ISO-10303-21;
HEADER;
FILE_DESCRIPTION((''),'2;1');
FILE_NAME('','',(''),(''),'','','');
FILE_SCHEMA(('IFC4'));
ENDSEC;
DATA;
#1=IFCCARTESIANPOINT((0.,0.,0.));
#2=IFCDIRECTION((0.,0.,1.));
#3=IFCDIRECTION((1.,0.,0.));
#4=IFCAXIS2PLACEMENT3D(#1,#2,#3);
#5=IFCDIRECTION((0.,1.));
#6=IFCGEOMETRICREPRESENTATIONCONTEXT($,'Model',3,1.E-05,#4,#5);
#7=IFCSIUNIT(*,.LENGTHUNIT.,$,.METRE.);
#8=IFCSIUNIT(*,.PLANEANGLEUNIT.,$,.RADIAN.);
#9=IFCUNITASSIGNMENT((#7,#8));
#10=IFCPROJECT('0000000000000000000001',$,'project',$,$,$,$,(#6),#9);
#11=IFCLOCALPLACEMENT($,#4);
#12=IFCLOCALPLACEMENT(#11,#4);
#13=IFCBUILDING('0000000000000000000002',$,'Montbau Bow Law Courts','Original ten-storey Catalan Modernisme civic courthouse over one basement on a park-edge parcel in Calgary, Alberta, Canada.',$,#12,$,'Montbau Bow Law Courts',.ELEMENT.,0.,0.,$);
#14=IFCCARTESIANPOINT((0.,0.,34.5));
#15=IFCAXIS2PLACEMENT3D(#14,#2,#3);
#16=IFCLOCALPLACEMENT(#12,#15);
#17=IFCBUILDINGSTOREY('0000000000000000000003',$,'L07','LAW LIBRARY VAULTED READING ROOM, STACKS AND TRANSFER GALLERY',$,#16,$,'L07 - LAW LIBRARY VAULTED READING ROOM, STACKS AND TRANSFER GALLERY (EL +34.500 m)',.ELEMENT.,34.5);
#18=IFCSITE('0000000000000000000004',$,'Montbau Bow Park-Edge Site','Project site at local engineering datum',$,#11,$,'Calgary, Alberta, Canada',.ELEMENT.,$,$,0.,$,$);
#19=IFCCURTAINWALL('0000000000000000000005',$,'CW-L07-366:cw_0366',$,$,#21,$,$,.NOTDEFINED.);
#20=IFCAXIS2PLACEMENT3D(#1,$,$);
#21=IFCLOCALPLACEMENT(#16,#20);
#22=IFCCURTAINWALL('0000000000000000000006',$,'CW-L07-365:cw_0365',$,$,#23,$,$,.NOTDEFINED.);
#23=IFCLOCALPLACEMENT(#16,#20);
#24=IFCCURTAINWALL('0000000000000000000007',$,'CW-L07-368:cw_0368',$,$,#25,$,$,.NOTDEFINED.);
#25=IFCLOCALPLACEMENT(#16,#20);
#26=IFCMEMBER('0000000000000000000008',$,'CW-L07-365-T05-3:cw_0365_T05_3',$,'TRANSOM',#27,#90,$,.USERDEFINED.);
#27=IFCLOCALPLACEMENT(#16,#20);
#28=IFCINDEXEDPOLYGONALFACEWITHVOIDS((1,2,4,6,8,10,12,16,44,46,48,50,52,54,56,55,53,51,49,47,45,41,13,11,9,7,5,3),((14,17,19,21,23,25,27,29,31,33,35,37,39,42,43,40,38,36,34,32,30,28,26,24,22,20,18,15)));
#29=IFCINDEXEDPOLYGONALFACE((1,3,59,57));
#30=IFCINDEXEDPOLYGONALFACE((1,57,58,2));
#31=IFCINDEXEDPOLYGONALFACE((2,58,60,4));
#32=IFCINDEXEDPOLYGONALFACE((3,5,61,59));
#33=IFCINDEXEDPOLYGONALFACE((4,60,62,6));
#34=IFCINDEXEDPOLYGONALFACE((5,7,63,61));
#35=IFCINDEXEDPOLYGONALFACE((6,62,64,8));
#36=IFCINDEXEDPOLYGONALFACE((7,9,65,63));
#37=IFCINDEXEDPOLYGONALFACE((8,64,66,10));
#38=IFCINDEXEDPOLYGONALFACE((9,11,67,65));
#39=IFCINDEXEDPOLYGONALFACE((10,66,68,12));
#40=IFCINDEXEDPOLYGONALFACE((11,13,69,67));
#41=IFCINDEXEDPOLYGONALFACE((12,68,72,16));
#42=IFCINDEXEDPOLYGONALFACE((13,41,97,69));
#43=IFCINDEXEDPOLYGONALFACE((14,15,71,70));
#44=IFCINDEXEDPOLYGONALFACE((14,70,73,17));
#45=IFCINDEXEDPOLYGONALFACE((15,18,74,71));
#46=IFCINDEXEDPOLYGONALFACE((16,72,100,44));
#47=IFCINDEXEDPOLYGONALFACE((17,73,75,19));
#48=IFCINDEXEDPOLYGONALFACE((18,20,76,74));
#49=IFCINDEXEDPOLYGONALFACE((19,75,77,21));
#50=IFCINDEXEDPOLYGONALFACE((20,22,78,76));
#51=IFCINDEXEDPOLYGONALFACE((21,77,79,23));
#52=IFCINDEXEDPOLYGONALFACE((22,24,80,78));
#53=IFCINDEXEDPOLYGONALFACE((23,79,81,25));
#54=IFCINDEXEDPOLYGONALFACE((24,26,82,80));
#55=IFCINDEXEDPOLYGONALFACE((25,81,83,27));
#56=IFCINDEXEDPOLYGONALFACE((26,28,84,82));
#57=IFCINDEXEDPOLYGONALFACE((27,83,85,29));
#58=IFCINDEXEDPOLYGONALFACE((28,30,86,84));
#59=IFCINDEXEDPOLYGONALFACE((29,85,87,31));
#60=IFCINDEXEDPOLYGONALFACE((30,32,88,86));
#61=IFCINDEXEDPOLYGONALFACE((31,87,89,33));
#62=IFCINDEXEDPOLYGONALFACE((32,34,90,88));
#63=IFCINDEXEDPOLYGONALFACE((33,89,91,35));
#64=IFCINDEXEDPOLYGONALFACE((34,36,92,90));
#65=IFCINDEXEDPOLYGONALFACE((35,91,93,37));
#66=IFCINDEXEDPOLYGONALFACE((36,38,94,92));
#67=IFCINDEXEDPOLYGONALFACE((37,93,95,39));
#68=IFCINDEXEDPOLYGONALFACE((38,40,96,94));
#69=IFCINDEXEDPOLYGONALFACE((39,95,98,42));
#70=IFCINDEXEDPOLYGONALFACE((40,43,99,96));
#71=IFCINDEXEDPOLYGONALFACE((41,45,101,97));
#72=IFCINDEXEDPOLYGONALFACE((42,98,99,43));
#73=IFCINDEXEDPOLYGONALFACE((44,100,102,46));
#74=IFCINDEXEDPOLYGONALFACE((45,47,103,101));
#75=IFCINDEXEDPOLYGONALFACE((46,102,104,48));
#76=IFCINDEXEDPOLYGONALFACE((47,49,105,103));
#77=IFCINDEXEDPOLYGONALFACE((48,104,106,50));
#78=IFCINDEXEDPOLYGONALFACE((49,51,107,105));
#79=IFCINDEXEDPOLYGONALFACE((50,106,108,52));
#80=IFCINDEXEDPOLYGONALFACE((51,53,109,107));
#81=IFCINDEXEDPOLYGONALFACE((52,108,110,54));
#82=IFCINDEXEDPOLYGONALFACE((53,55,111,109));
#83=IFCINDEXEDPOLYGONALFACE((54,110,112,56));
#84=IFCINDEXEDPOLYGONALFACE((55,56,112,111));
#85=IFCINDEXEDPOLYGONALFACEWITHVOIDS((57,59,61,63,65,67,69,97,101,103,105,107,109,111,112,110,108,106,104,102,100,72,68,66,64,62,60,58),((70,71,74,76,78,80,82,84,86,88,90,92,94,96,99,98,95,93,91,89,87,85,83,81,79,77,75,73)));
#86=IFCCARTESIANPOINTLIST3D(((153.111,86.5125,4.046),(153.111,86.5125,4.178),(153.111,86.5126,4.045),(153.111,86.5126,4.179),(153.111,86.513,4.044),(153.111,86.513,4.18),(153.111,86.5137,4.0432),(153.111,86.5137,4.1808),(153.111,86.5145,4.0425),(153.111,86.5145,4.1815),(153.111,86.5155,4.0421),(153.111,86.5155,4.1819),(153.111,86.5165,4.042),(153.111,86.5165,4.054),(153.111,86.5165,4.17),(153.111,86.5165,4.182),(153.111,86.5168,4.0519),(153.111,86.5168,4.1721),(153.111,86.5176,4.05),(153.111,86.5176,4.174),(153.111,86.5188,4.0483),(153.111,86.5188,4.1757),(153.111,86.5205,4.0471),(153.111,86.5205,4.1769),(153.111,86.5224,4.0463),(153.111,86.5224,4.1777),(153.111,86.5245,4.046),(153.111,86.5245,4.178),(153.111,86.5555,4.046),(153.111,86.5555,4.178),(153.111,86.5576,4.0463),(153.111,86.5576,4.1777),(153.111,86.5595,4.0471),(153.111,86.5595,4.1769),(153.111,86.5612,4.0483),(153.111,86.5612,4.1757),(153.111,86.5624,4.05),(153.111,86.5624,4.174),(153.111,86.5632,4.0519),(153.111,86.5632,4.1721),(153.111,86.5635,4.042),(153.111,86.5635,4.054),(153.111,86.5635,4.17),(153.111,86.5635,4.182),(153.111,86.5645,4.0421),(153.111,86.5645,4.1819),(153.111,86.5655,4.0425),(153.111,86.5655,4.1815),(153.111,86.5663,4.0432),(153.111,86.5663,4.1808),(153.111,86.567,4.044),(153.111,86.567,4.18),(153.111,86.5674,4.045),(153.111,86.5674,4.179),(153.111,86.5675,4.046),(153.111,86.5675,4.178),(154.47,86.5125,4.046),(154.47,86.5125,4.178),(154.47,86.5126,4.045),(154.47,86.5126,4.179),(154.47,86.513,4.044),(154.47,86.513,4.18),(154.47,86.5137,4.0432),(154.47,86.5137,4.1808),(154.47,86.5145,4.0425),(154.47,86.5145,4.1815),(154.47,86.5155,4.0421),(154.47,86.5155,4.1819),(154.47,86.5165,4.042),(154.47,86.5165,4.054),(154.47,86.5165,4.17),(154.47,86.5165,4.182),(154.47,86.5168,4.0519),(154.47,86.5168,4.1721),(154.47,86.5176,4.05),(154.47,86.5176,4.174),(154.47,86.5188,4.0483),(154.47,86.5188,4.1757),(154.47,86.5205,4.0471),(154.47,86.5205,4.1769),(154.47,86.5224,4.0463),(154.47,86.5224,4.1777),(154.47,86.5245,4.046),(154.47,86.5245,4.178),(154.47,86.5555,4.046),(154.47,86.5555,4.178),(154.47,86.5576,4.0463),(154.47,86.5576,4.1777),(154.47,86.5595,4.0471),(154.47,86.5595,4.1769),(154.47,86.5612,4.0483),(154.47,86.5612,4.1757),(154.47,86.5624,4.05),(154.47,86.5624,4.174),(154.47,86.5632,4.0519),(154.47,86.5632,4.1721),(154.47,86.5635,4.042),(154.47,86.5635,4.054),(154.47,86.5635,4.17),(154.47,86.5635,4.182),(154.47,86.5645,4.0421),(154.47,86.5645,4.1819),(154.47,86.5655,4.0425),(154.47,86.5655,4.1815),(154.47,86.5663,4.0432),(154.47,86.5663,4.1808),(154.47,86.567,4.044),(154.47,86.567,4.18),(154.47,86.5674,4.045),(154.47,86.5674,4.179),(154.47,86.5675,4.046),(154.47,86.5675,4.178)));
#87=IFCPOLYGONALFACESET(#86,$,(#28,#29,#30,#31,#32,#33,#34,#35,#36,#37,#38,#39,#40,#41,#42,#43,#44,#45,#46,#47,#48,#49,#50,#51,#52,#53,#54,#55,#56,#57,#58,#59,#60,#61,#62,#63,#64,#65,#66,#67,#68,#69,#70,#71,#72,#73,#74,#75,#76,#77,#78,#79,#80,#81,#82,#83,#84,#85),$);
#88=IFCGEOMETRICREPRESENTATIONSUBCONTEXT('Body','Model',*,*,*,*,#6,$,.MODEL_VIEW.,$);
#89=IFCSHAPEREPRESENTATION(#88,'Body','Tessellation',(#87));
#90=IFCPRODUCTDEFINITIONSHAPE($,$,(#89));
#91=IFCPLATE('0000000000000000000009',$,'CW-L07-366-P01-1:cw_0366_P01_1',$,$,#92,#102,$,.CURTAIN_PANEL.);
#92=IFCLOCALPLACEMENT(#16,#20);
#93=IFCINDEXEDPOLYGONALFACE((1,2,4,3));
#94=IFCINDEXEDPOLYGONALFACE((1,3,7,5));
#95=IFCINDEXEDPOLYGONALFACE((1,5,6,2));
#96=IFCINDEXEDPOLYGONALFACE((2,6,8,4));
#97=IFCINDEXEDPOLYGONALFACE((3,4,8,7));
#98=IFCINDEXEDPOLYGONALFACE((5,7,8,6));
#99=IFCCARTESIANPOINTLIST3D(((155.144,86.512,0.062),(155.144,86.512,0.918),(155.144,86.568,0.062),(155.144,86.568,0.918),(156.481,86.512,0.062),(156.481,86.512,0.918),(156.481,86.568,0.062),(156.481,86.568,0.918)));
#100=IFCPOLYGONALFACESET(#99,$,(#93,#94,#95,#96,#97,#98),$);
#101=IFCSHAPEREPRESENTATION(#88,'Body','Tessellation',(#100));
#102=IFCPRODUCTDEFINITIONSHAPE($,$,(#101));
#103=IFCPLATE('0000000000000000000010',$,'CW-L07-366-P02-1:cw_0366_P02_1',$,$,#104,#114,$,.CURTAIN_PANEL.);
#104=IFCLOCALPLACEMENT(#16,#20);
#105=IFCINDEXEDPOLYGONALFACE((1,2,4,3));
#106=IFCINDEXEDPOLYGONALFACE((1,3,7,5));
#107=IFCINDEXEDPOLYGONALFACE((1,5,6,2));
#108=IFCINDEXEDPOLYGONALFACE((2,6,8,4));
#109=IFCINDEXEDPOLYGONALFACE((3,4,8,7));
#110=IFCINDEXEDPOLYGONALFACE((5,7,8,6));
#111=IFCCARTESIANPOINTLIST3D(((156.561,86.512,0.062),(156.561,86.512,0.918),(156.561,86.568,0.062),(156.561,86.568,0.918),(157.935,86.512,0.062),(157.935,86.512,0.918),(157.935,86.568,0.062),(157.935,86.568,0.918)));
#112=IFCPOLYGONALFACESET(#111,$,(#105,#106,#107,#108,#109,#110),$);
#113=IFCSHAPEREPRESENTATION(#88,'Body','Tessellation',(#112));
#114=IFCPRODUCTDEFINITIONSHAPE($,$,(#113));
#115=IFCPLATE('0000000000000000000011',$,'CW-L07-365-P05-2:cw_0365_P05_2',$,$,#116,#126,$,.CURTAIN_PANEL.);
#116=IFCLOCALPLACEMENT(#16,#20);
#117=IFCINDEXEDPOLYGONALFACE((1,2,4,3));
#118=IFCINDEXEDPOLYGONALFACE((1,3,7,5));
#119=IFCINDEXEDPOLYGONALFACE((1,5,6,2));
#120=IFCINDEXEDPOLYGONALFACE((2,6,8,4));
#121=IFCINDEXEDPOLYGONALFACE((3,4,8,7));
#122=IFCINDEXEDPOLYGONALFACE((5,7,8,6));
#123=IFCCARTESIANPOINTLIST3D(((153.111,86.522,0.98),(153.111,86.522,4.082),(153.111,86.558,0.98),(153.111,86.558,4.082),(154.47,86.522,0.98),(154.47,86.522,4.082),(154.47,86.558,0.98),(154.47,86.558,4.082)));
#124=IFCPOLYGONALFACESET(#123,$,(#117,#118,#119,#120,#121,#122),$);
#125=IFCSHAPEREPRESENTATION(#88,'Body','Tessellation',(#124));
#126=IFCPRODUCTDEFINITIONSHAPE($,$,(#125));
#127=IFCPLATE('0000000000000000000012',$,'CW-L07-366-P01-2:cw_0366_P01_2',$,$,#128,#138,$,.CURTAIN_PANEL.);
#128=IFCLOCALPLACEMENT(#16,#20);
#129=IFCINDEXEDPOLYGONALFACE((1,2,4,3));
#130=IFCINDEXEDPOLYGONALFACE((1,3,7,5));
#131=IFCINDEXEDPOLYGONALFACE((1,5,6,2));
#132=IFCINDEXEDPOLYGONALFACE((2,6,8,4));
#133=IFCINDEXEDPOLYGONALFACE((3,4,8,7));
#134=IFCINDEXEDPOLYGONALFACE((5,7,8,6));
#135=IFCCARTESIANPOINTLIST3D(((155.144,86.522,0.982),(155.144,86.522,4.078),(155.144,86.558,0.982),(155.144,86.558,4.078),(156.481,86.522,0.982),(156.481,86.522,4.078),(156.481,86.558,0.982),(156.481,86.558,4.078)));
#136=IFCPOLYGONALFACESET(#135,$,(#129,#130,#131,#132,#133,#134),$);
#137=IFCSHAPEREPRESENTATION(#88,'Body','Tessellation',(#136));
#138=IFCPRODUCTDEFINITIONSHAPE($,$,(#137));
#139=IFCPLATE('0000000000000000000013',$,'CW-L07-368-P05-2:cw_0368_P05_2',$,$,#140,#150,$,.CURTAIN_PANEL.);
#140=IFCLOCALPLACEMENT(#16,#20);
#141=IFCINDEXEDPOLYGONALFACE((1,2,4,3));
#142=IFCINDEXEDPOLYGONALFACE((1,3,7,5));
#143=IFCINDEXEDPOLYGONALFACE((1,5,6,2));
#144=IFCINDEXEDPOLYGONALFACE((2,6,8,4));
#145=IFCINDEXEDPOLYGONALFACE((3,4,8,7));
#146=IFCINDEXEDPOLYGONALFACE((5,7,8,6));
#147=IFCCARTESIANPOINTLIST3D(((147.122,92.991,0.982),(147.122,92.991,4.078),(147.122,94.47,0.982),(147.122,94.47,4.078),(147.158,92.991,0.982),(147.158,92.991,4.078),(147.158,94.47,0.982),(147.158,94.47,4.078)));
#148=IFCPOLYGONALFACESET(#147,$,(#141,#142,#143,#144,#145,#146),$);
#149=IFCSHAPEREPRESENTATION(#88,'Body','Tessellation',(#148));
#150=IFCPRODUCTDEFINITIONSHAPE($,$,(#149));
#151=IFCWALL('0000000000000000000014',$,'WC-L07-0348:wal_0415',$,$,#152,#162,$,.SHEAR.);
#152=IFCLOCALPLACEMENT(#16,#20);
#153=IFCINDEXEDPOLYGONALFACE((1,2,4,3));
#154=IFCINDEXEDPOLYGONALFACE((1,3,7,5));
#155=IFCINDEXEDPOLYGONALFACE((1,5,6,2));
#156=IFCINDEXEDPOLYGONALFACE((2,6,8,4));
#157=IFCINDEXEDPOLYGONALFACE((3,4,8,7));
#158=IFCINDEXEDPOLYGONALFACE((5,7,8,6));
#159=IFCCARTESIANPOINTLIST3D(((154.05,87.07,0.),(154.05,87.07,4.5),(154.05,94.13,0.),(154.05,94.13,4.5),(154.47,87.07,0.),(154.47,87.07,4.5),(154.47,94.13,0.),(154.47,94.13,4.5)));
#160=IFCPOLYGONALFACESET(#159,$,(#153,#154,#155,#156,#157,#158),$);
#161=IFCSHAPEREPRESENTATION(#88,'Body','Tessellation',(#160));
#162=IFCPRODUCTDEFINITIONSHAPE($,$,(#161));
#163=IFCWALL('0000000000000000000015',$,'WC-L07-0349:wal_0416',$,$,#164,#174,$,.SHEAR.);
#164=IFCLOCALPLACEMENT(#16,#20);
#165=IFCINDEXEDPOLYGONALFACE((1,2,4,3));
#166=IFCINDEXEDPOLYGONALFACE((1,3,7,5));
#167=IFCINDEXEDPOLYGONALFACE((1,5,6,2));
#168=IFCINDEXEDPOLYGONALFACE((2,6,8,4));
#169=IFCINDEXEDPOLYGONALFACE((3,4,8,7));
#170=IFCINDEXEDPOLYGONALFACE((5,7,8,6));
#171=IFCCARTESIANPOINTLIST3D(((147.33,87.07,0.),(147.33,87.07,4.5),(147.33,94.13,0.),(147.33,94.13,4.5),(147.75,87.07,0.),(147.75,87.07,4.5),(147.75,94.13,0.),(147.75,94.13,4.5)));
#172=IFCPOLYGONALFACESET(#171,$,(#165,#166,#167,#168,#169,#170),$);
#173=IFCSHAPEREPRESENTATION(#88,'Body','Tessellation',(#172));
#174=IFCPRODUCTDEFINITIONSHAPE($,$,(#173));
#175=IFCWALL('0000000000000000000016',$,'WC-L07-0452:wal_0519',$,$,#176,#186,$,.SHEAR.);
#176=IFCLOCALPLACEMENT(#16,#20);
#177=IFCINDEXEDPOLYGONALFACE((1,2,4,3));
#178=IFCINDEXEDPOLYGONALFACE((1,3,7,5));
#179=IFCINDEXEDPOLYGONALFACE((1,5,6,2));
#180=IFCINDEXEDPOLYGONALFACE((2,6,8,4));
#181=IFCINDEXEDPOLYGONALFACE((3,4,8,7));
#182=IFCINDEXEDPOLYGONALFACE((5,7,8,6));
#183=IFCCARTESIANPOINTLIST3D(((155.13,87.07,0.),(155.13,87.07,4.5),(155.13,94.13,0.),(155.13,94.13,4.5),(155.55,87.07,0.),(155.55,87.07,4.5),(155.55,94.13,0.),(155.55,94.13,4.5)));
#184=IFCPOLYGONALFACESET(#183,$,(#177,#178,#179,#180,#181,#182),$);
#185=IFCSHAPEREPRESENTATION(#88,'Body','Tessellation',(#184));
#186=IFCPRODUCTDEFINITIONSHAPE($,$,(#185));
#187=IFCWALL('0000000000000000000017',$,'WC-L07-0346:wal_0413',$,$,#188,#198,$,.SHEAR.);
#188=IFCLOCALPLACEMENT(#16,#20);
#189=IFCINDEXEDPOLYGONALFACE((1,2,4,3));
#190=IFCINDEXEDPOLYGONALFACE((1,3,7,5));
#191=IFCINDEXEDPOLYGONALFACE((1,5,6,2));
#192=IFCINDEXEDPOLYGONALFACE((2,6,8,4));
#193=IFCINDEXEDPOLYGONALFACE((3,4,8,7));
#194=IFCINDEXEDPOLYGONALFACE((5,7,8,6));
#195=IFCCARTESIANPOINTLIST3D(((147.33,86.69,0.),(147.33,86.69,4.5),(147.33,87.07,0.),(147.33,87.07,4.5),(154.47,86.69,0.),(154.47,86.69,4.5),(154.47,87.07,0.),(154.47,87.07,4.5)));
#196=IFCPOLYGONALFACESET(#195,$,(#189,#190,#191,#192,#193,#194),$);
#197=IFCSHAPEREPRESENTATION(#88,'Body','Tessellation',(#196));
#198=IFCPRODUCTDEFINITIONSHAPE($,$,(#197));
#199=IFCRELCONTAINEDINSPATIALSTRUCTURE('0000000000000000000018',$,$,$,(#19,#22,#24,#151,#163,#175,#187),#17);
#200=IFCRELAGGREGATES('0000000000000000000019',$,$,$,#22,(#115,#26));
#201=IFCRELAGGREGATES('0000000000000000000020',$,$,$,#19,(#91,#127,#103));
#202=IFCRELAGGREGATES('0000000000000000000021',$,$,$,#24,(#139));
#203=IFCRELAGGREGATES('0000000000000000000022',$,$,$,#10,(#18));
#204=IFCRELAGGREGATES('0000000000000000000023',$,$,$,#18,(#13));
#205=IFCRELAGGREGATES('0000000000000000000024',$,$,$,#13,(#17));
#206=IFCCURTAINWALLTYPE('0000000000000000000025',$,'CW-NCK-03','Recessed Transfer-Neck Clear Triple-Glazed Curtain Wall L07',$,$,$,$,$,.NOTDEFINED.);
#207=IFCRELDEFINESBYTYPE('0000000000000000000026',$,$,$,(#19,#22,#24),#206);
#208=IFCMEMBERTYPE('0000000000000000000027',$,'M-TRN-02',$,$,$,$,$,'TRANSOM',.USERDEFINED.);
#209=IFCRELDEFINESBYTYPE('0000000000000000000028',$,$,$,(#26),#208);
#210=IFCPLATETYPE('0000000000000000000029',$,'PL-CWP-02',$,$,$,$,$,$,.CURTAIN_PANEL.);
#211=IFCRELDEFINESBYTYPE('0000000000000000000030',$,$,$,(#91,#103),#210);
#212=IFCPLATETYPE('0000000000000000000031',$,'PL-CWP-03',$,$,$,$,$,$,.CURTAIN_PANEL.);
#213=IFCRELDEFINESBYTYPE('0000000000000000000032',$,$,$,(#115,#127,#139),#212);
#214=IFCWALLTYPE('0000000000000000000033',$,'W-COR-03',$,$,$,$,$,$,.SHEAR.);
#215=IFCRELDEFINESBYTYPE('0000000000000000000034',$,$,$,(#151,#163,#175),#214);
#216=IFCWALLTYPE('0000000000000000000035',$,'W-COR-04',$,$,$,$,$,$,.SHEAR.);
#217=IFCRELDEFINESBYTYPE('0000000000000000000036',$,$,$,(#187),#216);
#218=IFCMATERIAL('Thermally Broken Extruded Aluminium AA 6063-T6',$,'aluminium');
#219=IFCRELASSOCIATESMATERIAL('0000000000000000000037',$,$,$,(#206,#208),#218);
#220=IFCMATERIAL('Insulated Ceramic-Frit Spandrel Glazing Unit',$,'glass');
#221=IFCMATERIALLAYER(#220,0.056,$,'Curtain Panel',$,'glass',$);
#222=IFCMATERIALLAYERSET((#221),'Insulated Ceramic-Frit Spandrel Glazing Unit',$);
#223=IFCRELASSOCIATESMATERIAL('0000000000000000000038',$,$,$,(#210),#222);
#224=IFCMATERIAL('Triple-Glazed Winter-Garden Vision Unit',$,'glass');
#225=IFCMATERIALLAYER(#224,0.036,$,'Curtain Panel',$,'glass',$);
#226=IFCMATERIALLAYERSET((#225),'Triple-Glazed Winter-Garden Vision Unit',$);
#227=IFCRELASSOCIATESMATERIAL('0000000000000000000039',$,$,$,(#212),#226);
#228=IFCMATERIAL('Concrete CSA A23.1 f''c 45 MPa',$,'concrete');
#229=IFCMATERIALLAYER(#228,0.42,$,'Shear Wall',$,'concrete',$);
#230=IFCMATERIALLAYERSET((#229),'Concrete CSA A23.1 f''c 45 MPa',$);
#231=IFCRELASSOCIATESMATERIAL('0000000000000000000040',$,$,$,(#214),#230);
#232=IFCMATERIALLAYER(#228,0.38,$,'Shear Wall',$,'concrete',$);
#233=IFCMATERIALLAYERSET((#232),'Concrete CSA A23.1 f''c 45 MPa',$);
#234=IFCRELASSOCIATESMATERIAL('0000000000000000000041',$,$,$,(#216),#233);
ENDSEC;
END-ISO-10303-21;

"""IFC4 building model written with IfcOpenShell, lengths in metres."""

from ifc_helpers import new_model, si_unit, direction, frame, frame_2d, origin_with_axes, origin_2d_with_axis, place, context, subcontext, project, spatial, rectangle, hollow_rectangle, extrude, material, layer, layer_set, material_profile, profile_set, type_object, element, aggregate, save


model = new_model("IFC4")

# Units and contexts
model_context = context("Model", 3, precision=1e-05, world=origin_with_axes(), true_north=direction((0.0, 1.0)))
body_context = subcontext(model_context, "Body", "Model", "MODEL_VIEW")
ifc_project = project(units=[si_unit("LENGTHUNIT", "METRE"), si_unit("PLANEANGLEUNIT", "RADIAN")], contexts=[model_context])

# Site, building, storey
site_placement = place(None, origin_with_axes())
site = spatial("IfcSite", under=ifc_project, at=site_placement, Name="Montbau Bow Park-Edge Site", Description="Project site at local engineering datum", LongName="Calgary, Alberta, Canada", CompositionType="ELEMENT", RefElevation=0.0)
building_placement = place(site_placement, origin_with_axes())
building = spatial("IfcBuilding", under=site, at=building_placement, Name="Montbau Bow Law Courts", Description="Original ten-storey Catalan Modernisme civic courthouse over one basement on a park-edge parcel in Calgary, Alberta, Canada.", LongName="Montbau Bow Law Courts", CompositionType="ELEMENT", ElevationOfRefHeight=0.0, ElevationOfTerrain=0.0)
storey_placement = place(building_placement, frame((0.0, 0.0, 34.5), z_axis=(0.0, 0.0, 1.0), x_axis=(1.0, 0.0, 0.0)))
storey = spatial("IfcBuildingStorey", under=building, at=storey_placement, Name="L07", Description="LAW LIBRARY VAULTED READING ROOM, STACKS AND TRANSFER GALLERY", LongName="L07 - LAW LIBRARY VAULTED READING ROOM, STACKS AND TRANSFER GALLERY (EL +34.500 m)", CompositionType="ELEMENT", Elevation=34.5)

# Curtain wall
ifc_material_1 = material(Name="Thermally Broken Extruded Aluminium AA 6063-T6", Category="aluminium")
curtain_wall_type = type_object("IfcCurtainWallType", Name="CW-NCK-03", Description="Recessed Transfer-Neck Clear Triple-Glazed Curtain Wall L07", PredefinedType="NOTDEFINED", material=ifc_material_1)
curtain_wall_1_placement = place(None, frame((155.068, 86.54, 34.5), z_axis=(0.0, 0.0, 1.0), x_axis=(1.0, 0.0, 0.0)))
curtain_wall_1 = element("IfcCurtainWall", 1, at=curtain_wall_1_placement, inside=storey, type_object=curtain_wall_type, Name="CW-L07-366:cw_0366", PredefinedType="NOTDEFINED")

# Curtain walls
curtain_wall_2_placement = place(None, frame((147.268, 86.54, 34.5), z_axis=(0.0, 0.0, 1.0), x_axis=(1.0, 0.0, 0.0)))
curtain_wall_2 = element("IfcCurtainWall", 2, at=curtain_wall_2_placement, inside=storey, type_object=curtain_wall_type, Name="CW-L07-365:cw_0365", PredefinedType="NOTDEFINED")
curtain_wall_3_placement = place(None, frame((147.14, 86.668, 34.5), z_axis=(0.0, 0.0, 1.0), x_axis=(1.0, 0.0, 0.0)))
curtain_wall_3 = element("IfcCurtainWall", 3, at=curtain_wall_3_placement, inside=storey, type_object=curtain_wall_type, Name="CW-L07-368:cw_0368", PredefinedType="NOTDEFINED")

# Member
ifc_material_profile_1 = material_profile(ifc_material_1, hollow_rectangle(XDim=0.055, YDim=0.14, WallThickness=0.004, InnerFilletRadius=0.008, OuterFilletRadius=0.004, at=origin_2d_with_axis()), Name="CWT-140X55", Category="Main", Priority=0)
ifc_profile_set_1 = profile_set([ifc_material_profile_1], Name="Thermally Broken Extruded Aluminium AA 6063-T6")
member_type_1 = type_object("IfcMemberType", Name="M-TRN-02", ElementType="TRANSOM", PredefinedType="USERDEFINED", material=ifc_profile_set_1)
member_1_placement = place(None, frame((153.111, 86.54, 38.612), z_axis=(1.0, 0.0, 0.0), x_axis=(0.0, 1.0, 0.0)))
member_1 = element("IfcMember", 4, at=member_1_placement, type_object=member_type_1, Name="CW-L07-365-T05-3:cw_0365_T05_3", ObjectType="TRANSOM", PredefinedType="USERDEFINED", context=body_context, shape_type="SweptSolid", body=[
    extrude(hollow_rectangle(XDim=0.055, YDim=0.14, WallThickness=0.004, InnerFilletRadius=0.008, OuterFilletRadius=0.004, at=origin_2d_with_axis()), origin_with_axes(), (0.0, 0.0, 1.0), 1.359),
])

# Plates
ifc_material_2 = material(Name="Insulated Ceramic-Frit Spandrel Glazing Unit", Category="glass")
ifc_layer_1 = layer(ifc_material_2, 0.056, Name="Curtain Panel", Category="glass")
ifc_layer_set_1 = layer_set([ifc_layer_1], Name="Insulated Ceramic-Frit Spandrel Glazing Unit")
plate_type_1 = type_object("IfcPlateType", Name="PL-CWP-02", PredefinedType="CURTAIN_PANEL", material=ifc_layer_set_1)
plate_1_placement = place(None, frame((155.144, 86.54, 34.562), z_axis=(0.0, -1.0, 0.0), x_axis=(1.0, 0.0, 0.0)))
plate_1 = element("IfcPlate", 5, at=plate_1_placement, type_object=plate_type_1, Name="CW-L07-366-P01-1:cw_0366_P01_1", PredefinedType="CURTAIN_PANEL", context=body_context, shape_type="SweptSolid", body=[
    extrude(rectangle(XDim=1.337, YDim=0.856, at=frame_2d((0.6685, 0.428), x_axis=(1.0, 0.0))), frame((0.0, 0.0, -0.028), z_axis=(0.0, 0.0, 1.0), x_axis=(1.0, 0.0, 0.0)), (0.0, 0.0, 1.0), 0.056),
])
plate_2_placement = place(None, frame((156.561, 86.54, 34.562), z_axis=(0.0, -1.0, 0.0), x_axis=(1.0, 0.0, 0.0)))
plate_2 = element("IfcPlate", 6, at=plate_2_placement, type_object=plate_type_1, Name="CW-L07-366-P02-1:cw_0366_P02_1", PredefinedType="CURTAIN_PANEL", context=body_context, shape_type="SweptSolid", body=[
    extrude(rectangle(XDim=1.374, YDim=0.856, at=frame_2d((0.687, 0.428), x_axis=(1.0, 0.0))), frame((0.0, 0.0, -0.028), z_axis=(0.0, 0.0, 1.0), x_axis=(1.0, 0.0, 0.0)), (0.0, 0.0, 1.0), 0.056),
])
ifc_material_3 = material(Name="Triple-Glazed Winter-Garden Vision Unit", Category="glass")
ifc_layer_2 = layer(ifc_material_3, 0.036, Name="Curtain Panel", Category="glass")
ifc_layer_set_2 = layer_set([ifc_layer_2], Name="Triple-Glazed Winter-Garden Vision Unit")
plate_type_2 = type_object("IfcPlateType", Name="PL-CWP-03", PredefinedType="CURTAIN_PANEL", material=ifc_layer_set_2)
plate_3_placement = place(None, frame((153.111, 86.54, 35.48), z_axis=(0.0, -1.0, 0.0), x_axis=(1.0, 0.0, 0.0)))
plate_3 = element("IfcPlate", 7, at=plate_3_placement, type_object=plate_type_2, Name="CW-L07-365-P05-2:cw_0365_P05_2", PredefinedType="CURTAIN_PANEL", context=body_context, shape_type="SweptSolid", body=[
    extrude(rectangle(XDim=1.359, YDim=3.102, at=frame_2d((0.6795, 1.551), x_axis=(1.0, 0.0))), frame((0.0, 0.0, -0.018), z_axis=(0.0, 0.0, 1.0), x_axis=(1.0, 0.0, 0.0)), (0.0, 0.0, 1.0), 0.036),
])
aggregate(curtain_wall_2, [plate_3, member_1])
plate_4_placement = place(None, frame((155.144, 86.54, 35.482), z_axis=(0.0, -1.0, 0.0), x_axis=(1.0, 0.0, 0.0)))
plate_4 = element("IfcPlate", 8, at=plate_4_placement, type_object=plate_type_2, Name="CW-L07-366-P01-2:cw_0366_P01_2", PredefinedType="CURTAIN_PANEL", context=body_context, shape_type="SweptSolid", body=[
    extrude(rectangle(XDim=1.337, YDim=3.096, at=frame_2d((0.6685, 1.548), x_axis=(1.0, 0.0))), frame((0.0, 0.0, -0.018), z_axis=(0.0, 0.0, 1.0), x_axis=(1.0, 0.0, 0.0)), (0.0, 0.0, 1.0), 0.036),
])
aggregate(curtain_wall_1, [plate_1, plate_4, plate_2])
plate_5_placement = place(None, frame((147.14, 92.991, 35.482), z_axis=(1.0, 0.0, 0.0), x_axis=(0.0, 1.0, 0.0)))
plate_5 = element("IfcPlate", 9, at=plate_5_placement, type_object=plate_type_2, Name="CW-L07-368-P05-2:cw_0368_P05_2", PredefinedType="CURTAIN_PANEL", context=body_context, shape_type="SweptSolid", body=[
    extrude(rectangle(XDim=1.479, YDim=3.096, at=frame_2d((0.7395, 1.548), x_axis=(1.0, 0.0))), frame((0.0, 0.0, -0.018), z_axis=(0.0, 0.0, 1.0), x_axis=(1.0, 0.0, 0.0)), (0.0, 0.0, 1.0), 0.036),
])
aggregate(curtain_wall_3, [plate_5])

# Walls
ifc_material_4 = material(Name="Concrete CSA A23.1 f'c 45 MPa", Category="concrete")
ifc_layer_3 = layer(ifc_material_4, 0.42, Name="Shear Wall", Category="concrete")
ifc_layer_set_3 = layer_set([ifc_layer_3], Name="Concrete CSA A23.1 f'c 45 MPa")
wall_type_1 = type_object("IfcWallType", Name="W-COR-03", PredefinedType="SHEAR", material=ifc_layer_set_3)
for number, where, z_axis, x_axis, name in (
    (10, (154.26, 87.07, 34.5), (0.0, 0.0, 1.0), (0.0, 1.0, 0.0), "WC-L07-0348:wal_0415"),
    (11, (147.54, 94.13, 34.5), (0.0, 0.0, 1.0), (0.0, -1.0, 0.0), "WC-L07-0349:wal_0416"),
    (12, (155.34, 94.13, 34.5), (0.0, 0.0, 1.0), (0.0, -1.0, 0.0), "WC-L07-0452:wal_0519"),
):
    element("IfcWall", number, at=place(None, frame(where, z_axis=z_axis, x_axis=x_axis)), inside=storey, type_object=wall_type_1, Name=name, PredefinedType="SHEAR", context=body_context, shape_type="SweptSolid", body=[
        extrude(rectangle(XDim=7.06, YDim=0.42, at=frame_2d((3.53, 0.0), x_axis=(1.0, 0.0))), origin_with_axes(), (0.0, 0.0, 1.0), 4.5),
    ])
ifc_layer_4 = layer(ifc_material_4, 0.38, Name="Shear Wall", Category="concrete")
ifc_layer_set_4 = layer_set([ifc_layer_4], Name="Concrete CSA A23.1 f'c 45 MPa")
wall_type_2 = type_object("IfcWallType", Name="W-COR-04", PredefinedType="SHEAR", material=ifc_layer_set_4)
wall_1_placement = place(None, frame((147.33, 86.88, 34.5), z_axis=(0.0, 0.0, 1.0), x_axis=(1.0, 0.0, 0.0)))
element("IfcWall", 13, at=wall_1_placement, inside=storey, type_object=wall_type_2, Name="WC-L07-0346:wal_0413", PredefinedType="SHEAR", context=body_context, shape_type="SweptSolid", body=[
    extrude(rectangle(XDim=7.14, YDim=0.38, at=frame_2d((3.57, 0.0), x_axis=(1.0, 0.0))), origin_with_axes(), (0.0, 0.0, 1.0), 4.5),
])

save(model, "model.ifc")
